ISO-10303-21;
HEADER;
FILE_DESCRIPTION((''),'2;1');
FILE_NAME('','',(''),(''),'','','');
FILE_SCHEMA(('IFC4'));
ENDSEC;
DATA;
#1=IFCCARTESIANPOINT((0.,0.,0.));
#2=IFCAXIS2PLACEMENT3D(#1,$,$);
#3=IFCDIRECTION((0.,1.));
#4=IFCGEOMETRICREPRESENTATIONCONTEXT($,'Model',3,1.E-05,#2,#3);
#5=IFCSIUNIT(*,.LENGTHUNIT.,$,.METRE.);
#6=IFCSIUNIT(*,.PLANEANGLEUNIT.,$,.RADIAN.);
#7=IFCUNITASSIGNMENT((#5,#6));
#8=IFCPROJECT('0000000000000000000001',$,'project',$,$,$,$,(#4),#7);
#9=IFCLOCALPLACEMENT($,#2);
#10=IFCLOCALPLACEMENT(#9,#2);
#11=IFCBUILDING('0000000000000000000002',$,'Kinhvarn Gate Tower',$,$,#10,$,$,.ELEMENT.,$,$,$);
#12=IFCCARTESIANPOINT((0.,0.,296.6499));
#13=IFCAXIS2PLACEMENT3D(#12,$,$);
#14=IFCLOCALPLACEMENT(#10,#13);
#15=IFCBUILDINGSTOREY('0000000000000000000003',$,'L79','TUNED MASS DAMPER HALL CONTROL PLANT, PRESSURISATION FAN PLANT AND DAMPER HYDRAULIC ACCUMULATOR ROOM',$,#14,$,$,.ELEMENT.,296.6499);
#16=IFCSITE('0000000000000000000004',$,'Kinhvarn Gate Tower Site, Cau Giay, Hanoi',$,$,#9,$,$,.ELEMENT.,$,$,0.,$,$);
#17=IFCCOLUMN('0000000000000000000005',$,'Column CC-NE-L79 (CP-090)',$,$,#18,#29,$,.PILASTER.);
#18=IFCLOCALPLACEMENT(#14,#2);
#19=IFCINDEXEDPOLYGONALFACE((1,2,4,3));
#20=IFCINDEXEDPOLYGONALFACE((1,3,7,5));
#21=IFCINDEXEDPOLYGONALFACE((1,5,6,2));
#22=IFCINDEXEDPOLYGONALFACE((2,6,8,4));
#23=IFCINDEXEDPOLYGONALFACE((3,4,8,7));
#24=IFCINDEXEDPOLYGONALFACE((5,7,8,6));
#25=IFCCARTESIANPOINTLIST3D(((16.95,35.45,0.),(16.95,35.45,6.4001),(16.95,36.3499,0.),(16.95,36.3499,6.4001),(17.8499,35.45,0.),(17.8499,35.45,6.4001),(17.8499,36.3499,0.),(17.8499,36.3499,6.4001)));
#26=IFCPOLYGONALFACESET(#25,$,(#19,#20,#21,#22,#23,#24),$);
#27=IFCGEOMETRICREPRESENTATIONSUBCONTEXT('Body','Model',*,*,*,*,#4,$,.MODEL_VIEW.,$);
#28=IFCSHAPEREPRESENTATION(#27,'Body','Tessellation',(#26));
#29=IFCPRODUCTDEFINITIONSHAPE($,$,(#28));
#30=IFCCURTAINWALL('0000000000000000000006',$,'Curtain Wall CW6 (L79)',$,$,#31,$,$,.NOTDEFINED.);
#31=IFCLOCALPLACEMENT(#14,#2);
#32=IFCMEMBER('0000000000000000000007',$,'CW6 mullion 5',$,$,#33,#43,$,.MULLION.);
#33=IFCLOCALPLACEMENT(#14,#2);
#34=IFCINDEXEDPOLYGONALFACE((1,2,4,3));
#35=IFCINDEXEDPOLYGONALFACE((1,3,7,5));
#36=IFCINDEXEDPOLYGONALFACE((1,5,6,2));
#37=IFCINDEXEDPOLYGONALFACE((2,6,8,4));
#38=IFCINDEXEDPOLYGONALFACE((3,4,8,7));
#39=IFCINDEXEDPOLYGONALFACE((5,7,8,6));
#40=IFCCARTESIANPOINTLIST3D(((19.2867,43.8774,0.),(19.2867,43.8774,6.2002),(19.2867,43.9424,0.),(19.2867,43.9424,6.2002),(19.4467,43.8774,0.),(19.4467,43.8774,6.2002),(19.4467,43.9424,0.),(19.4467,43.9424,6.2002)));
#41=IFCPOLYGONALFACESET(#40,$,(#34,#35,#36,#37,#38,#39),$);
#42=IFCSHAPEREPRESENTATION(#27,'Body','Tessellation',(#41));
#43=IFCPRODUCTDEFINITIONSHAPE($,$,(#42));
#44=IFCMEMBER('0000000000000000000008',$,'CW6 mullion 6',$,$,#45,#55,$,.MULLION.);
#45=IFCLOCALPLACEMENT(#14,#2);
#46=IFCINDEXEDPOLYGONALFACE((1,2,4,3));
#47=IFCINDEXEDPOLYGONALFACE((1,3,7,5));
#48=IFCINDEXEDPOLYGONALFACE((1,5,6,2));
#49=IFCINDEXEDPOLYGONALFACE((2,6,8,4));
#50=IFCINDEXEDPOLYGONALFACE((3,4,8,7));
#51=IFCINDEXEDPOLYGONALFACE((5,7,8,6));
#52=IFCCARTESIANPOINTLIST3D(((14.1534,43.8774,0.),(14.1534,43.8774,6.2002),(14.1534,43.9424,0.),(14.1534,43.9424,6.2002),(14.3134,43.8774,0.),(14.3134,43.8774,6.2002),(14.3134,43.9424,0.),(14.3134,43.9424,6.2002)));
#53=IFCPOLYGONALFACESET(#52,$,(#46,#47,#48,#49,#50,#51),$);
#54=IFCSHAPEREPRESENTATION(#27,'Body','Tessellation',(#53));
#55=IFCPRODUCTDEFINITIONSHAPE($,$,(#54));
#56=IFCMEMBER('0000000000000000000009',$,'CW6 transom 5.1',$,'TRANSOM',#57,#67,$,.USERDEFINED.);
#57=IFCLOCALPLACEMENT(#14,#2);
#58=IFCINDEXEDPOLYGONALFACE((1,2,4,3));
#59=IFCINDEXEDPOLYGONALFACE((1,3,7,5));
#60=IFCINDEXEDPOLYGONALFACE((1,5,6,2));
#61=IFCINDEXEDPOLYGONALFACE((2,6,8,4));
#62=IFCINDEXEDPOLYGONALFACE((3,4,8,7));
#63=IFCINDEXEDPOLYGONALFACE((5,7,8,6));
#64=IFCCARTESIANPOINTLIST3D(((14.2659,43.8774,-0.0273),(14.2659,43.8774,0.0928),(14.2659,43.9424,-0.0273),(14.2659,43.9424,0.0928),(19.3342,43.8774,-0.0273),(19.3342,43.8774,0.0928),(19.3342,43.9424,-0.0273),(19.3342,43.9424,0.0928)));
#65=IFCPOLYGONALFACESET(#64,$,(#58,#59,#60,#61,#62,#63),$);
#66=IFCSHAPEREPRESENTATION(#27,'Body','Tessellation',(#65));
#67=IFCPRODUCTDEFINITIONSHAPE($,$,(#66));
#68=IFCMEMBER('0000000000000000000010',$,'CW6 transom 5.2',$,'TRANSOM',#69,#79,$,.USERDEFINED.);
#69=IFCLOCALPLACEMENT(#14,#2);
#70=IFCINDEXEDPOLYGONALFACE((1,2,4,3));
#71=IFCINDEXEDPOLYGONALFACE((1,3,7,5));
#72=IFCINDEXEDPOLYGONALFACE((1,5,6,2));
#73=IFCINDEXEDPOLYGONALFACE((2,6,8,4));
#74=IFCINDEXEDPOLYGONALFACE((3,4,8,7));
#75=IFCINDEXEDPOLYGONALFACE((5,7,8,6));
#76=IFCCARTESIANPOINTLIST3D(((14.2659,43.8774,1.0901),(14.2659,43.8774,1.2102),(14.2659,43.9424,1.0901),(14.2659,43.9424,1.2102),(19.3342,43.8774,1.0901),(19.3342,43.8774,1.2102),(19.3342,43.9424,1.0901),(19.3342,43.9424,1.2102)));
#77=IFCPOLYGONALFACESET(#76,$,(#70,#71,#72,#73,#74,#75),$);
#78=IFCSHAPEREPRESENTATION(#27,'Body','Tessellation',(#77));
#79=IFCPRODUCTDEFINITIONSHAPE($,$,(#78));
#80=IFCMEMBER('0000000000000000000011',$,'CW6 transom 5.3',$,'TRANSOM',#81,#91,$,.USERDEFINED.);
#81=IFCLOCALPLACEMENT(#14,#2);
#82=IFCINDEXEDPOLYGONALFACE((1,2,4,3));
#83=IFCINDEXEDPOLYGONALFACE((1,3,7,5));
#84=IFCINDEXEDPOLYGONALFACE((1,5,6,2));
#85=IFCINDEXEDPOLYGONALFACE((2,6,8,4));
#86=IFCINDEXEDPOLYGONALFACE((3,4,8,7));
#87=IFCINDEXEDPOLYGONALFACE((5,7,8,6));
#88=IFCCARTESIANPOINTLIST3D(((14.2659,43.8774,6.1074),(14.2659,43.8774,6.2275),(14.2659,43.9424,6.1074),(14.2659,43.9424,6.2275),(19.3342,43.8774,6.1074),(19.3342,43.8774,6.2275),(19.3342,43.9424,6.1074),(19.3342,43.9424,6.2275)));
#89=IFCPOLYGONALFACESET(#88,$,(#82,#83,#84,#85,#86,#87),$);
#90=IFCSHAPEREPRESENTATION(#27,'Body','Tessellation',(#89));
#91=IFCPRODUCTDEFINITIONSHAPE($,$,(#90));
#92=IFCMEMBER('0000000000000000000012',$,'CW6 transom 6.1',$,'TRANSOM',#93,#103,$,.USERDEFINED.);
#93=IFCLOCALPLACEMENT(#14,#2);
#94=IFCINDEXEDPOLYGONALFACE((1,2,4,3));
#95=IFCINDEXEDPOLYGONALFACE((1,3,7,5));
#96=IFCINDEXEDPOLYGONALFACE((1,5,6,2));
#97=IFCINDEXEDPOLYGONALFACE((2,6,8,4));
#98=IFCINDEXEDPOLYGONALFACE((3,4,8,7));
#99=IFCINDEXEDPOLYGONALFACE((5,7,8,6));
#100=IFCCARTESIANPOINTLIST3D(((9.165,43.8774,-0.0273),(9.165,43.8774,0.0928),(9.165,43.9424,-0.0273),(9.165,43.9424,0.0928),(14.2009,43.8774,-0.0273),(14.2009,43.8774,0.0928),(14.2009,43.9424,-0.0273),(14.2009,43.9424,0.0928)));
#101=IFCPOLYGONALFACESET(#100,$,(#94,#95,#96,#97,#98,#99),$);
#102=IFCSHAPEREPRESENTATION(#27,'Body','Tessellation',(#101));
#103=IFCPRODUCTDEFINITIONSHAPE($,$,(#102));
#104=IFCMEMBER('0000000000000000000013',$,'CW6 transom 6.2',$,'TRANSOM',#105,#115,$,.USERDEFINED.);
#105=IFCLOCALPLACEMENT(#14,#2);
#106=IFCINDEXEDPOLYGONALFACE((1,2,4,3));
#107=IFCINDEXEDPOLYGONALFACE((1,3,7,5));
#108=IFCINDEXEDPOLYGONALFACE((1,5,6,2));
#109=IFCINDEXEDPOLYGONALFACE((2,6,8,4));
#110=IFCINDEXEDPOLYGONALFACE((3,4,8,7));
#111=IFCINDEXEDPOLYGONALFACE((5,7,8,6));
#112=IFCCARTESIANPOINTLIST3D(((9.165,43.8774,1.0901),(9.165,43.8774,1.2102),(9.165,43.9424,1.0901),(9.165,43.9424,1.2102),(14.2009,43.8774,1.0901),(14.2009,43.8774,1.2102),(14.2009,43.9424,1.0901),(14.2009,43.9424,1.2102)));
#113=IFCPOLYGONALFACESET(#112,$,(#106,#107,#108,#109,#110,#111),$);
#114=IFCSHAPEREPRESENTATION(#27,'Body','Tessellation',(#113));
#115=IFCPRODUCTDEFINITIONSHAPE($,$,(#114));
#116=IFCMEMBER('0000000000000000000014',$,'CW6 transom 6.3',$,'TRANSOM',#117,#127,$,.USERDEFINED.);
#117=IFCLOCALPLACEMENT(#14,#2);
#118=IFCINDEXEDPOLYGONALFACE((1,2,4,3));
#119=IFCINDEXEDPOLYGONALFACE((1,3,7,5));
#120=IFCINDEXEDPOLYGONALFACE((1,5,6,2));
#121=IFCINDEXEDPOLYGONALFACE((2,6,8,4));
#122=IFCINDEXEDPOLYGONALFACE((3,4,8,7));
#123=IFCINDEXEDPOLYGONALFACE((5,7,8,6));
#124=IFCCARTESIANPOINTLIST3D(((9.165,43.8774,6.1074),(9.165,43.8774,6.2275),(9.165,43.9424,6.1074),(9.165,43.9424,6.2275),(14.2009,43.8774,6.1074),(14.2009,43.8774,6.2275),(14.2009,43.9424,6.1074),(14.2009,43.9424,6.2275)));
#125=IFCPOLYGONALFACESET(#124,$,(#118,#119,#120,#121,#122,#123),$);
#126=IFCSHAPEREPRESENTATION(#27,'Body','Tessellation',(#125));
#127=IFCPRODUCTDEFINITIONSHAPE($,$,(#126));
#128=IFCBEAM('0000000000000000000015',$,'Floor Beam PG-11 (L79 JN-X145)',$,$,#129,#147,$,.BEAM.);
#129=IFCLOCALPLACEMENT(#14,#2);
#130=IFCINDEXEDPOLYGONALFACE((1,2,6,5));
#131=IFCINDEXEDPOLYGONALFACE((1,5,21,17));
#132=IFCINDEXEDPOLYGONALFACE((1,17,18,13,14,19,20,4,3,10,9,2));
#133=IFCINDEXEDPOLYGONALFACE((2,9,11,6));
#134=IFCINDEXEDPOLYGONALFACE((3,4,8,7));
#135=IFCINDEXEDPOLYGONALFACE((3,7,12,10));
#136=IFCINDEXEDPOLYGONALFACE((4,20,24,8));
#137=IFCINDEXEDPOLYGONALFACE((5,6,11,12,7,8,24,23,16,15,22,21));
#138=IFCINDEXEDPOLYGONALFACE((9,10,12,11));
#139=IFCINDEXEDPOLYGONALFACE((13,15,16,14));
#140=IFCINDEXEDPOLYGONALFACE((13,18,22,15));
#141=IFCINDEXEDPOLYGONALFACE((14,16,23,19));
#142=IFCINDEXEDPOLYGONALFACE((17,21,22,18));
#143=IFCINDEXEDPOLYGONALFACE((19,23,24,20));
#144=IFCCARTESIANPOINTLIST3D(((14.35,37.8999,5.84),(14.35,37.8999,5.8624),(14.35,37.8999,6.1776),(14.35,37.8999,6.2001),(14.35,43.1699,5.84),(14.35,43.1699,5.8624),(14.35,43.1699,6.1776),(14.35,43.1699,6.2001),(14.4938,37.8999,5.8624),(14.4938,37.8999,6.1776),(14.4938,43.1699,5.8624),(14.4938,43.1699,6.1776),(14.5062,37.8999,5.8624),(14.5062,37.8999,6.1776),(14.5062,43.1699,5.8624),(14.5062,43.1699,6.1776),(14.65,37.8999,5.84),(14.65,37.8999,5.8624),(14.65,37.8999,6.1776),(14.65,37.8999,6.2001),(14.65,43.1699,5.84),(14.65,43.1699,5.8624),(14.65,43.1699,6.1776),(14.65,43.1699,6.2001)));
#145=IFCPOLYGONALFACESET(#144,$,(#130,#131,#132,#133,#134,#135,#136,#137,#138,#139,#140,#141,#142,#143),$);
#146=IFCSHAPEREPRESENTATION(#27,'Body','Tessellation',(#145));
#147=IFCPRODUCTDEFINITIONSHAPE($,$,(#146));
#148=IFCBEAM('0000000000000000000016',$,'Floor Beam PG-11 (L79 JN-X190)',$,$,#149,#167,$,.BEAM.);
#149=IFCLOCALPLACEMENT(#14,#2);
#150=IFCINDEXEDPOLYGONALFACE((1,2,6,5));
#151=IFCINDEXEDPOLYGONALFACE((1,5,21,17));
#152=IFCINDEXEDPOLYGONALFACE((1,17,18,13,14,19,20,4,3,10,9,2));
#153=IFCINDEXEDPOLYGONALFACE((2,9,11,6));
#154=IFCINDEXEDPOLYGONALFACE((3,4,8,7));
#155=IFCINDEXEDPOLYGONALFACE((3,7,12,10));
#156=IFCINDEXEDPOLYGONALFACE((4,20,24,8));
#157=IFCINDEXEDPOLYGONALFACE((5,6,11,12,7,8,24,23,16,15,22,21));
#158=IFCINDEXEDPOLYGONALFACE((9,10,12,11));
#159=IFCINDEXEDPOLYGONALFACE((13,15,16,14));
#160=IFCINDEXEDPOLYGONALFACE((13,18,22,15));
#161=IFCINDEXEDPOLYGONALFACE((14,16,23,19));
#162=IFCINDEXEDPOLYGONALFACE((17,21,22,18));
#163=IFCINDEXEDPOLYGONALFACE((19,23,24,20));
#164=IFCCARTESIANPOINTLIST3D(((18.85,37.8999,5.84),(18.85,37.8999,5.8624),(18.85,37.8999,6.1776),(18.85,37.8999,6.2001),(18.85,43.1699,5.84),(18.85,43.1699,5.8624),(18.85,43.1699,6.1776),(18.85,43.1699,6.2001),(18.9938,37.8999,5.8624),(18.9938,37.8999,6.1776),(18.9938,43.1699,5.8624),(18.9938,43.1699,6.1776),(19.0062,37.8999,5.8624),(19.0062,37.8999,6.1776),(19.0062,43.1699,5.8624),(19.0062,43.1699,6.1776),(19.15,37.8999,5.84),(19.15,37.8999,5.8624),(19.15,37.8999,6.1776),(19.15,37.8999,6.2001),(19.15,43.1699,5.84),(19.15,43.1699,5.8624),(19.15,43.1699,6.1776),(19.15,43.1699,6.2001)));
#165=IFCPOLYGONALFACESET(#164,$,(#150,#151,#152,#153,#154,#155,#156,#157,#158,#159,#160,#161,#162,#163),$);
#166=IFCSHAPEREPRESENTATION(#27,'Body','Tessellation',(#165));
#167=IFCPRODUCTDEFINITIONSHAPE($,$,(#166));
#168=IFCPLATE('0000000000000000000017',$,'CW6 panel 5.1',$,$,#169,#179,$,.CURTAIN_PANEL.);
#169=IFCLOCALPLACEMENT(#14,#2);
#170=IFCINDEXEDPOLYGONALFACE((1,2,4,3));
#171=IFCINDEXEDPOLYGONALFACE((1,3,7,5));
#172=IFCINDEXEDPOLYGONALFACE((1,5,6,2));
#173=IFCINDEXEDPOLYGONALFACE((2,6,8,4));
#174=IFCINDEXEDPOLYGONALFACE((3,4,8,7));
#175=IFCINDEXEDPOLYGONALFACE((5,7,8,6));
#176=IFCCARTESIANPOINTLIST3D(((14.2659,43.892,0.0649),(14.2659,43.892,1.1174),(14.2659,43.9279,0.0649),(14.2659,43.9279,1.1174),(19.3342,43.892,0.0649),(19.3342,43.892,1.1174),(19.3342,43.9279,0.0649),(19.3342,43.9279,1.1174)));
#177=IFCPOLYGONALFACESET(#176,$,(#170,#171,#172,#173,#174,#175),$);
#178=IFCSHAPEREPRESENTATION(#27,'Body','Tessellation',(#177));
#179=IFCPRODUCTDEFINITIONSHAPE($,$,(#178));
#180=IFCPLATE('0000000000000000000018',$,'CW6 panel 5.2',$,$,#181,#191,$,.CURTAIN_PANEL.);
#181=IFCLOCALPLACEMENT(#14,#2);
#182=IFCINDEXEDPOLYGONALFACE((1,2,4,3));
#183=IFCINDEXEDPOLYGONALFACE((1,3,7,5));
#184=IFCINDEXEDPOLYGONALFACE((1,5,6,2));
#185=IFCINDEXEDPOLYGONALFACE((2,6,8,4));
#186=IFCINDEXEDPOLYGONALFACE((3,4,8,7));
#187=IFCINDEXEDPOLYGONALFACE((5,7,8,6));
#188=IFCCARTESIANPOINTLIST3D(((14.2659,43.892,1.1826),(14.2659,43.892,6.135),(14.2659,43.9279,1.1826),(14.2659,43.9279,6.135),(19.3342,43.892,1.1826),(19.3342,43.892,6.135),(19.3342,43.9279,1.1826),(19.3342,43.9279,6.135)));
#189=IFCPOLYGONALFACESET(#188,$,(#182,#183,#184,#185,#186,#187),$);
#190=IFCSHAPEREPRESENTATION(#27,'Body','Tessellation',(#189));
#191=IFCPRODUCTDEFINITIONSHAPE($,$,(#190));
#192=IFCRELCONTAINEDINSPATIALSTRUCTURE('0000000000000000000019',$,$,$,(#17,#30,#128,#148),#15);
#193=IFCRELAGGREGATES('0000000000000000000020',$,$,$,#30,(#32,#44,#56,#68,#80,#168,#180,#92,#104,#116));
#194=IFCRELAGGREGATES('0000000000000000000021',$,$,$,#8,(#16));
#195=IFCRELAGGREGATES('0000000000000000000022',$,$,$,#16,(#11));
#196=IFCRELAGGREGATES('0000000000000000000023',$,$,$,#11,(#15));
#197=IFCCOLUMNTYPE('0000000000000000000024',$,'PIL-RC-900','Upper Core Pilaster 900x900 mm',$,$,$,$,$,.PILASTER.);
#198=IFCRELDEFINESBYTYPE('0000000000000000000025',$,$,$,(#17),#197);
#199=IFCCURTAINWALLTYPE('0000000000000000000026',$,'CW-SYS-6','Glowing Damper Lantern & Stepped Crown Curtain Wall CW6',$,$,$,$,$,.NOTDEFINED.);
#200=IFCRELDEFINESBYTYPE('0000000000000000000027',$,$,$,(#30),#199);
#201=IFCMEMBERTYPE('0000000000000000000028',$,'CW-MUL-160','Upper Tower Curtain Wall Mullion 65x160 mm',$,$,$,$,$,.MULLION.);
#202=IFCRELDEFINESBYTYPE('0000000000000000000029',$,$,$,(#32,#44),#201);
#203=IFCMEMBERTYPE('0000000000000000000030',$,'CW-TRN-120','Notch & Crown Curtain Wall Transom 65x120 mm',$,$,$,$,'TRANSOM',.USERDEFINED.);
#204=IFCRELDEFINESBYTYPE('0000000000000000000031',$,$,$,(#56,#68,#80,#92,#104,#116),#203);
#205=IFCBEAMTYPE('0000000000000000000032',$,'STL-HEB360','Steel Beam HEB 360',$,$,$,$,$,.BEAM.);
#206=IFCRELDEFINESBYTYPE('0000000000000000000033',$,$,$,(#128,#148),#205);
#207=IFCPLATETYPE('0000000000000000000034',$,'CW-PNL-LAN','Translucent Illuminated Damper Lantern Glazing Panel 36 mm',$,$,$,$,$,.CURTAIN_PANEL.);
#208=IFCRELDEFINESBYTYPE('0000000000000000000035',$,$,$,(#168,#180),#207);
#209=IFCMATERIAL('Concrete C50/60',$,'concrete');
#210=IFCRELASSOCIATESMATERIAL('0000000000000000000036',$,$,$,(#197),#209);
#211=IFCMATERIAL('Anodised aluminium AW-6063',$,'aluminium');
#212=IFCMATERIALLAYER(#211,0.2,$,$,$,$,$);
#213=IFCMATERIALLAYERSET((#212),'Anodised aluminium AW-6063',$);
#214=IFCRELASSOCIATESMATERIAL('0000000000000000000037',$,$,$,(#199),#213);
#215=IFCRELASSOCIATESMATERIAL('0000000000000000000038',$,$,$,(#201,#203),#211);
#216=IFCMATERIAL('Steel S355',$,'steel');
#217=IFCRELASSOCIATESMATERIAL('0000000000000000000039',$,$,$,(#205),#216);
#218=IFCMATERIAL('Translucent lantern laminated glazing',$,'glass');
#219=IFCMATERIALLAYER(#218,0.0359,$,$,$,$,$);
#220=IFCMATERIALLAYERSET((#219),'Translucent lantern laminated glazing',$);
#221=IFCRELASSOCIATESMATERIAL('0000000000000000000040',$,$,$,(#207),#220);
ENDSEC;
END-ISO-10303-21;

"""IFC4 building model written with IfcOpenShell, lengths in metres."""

from ifc_helpers import new_model, si_unit, direction, frame, origin, origin_2d, place, context, subcontext, project, spatial, rectangle, i_section, extrude, material, layer, layer_set, material_profile, profile_set, type_object, element, aggregate, save


model = new_model("IFC4")

# Units and contexts
model_context = context("Model", 3, precision=1e-05, world=origin(), true_north=direction((0.0, 1.0)))
body_context = subcontext(model_context, "Body", "Model", "MODEL_VIEW")
ifc_project = project(units=[si_unit("LENGTHUNIT", "METRE"), si_unit("PLANEANGLEUNIT", "RADIAN")], contexts=[model_context])

# Site, building, storey
site_placement = place(None, origin())
site = spatial("IfcSite", under=ifc_project, at=site_placement, Name="Kinhvarn Gate Tower Site, Cau Giay, Hanoi", CompositionType="ELEMENT", RefElevation=0.0)
building_placement = place(site_placement, origin())
building = spatial("IfcBuilding", under=site, at=building_placement, Name="Kinhvarn Gate Tower", CompositionType="ELEMENT")
storey_placement = place(building_placement, frame((0.0, 0.0, 296.6499)))
storey = spatial("IfcBuildingStorey", under=building, at=storey_placement, Name="L79", Description="TUNED MASS DAMPER HALL CONTROL PLANT, PRESSURISATION FAN PLANT AND DAMPER HYDRAULIC ACCUMULATOR ROOM", CompositionType="ELEMENT", Elevation=296.6499)

# Column
ifc_material_1 = material(Name="Concrete C50/60", Category="concrete")
ifc_material_profile_1 = material_profile(ifc_material_1, rectangle(XDim=0.8999, YDim=0.8999, at=origin_2d()), Name="RC 900x900")
ifc_profile_set_1 = profile_set([ifc_material_profile_1], Name="Concrete C50/60")
column_type = type_object("IfcColumnType", Name="PIL-RC-900", Description="Upper Core Pilaster 900x900 mm", PredefinedType="PILASTER", material=ifc_profile_set_1)
column_placement = place(storey_placement, frame((17.3999, 35.8999, 0.0), z_axis=(0.0, 0.0, 1.0), x_axis=(1.0, 0.0, 0.0)))
element("IfcColumn", 1, at=column_placement, inside=storey, type_object=column_type, Name="Column CC-NE-L79 (CP-090)", PredefinedType="PILASTER", context=body_context, shape_type="SweptSolid", body=[
    extrude(rectangle(XDim=0.8999, YDim=0.8999, at=origin_2d()), origin(), (0.0, 0.0, 1.0), 6.4001),
])

# Curtain wall, members
ifc_material_2 = material(Name="Anodised aluminium AW-6063", Category="aluminium")
ifc_layer_1 = layer(ifc_material_2, 0.2)
ifc_layer_set_1 = layer_set([ifc_layer_1], Name="Anodised aluminium AW-6063")
curtain_wall_type = type_object("IfcCurtainWallType", Name="CW-SYS-6", Description="Glowing Damper Lantern & Stepped Crown Curtain Wall CW6", PredefinedType="NOTDEFINED", material=ifc_layer_set_1)
curtain_wall_placement = place(storey_placement, origin())
curtain_wall = element("IfcCurtainWall", 2, at=curtain_wall_placement, inside=storey, type_object=curtain_wall_type, Name="Curtain Wall CW6 (L79)", PredefinedType="NOTDEFINED")
ifc_material_profile_2 = material_profile(ifc_material_2, rectangle(XDim=0.0649, YDim=0.1599, at=origin_2d()), Name="ALU 65x160")
ifc_profile_set_2 = profile_set([ifc_material_profile_2], Name="Anodised aluminium AW-6063")
member_type_1 = type_object("IfcMemberType", Name="CW-MUL-160", Description="Upper Tower Curtain Wall Mullion 65x160 mm", PredefinedType="MULLION", material=ifc_profile_set_2)
member_1_placement = place(storey_placement, frame((19.3667, 43.9099, 0.0), z_axis=(0.0, 0.0, 1.0), x_axis=(0.0, -1.0, 0.0)))
member_1 = element("IfcMember", 3, at=member_1_placement, type_object=member_type_1, Name="CW6 mullion 5", PredefinedType="MULLION", context=body_context, shape_type="SweptSolid", body=[
    extrude(rectangle(XDim=0.0649, YDim=0.1599, at=origin_2d()), origin(), (0.0, 0.0, 1.0), 6.2002),
])
member_2_placement = place(storey_placement, frame((14.2334, 43.9099, 0.0), z_axis=(0.0, 0.0, 1.0), x_axis=(0.0, -1.0, 0.0)))
member_2 = element("IfcMember", 4, at=member_2_placement, type_object=member_type_1, Name="CW6 mullion 6", PredefinedType="MULLION", context=body_context, shape_type="SweptSolid", body=[
    extrude(rectangle(XDim=0.0649, YDim=0.1599, at=origin_2d()), origin(), (0.0, 0.0, 1.0), 6.2002),
])
ifc_material_profile_3 = material_profile(ifc_material_2, rectangle(XDim=0.0649, YDim=0.1201, at=origin_2d()), Name="ALU 65x120")
ifc_profile_set_3 = profile_set([ifc_material_profile_3], Name="Anodised aluminium AW-6063")
member_type_2 = type_object("IfcMemberType", Name="CW-TRN-120", Description="Notch & Crown Curtain Wall Transom 65x120 mm", ElementType="TRANSOM", PredefinedType="USERDEFINED", material=ifc_profile_set_3)
member_3_placement = place(storey_placement, frame((19.3342, 43.9099, 0.0327), z_axis=(-1.0, 0.0, 0.0), x_axis=(0.0, -1.0, 0.0)))
member_3 = element("IfcMember", 5, at=member_3_placement, type_object=member_type_2, Name="CW6 transom 5.1", ObjectType="TRANSOM", PredefinedType="USERDEFINED", context=body_context, shape_type="SweptSolid", body=[
    extrude(rectangle(XDim=0.0649, YDim=0.1201, at=origin_2d()), origin(), (0.0, 0.0, 1.0), 5.0684),
])
member_4_placement = place(storey_placement, frame((19.3342, 43.9099, 1.1501), z_axis=(-1.0, 0.0, 0.0), x_axis=(0.0, -1.0, 0.0)))
member_4 = element("IfcMember", 6, at=member_4_placement, type_object=member_type_2, Name="CW6 transom 5.2", ObjectType="TRANSOM", PredefinedType="USERDEFINED", context=body_context, shape_type="SweptSolid", body=[
    extrude(rectangle(XDim=0.0649, YDim=0.1201, at=origin_2d()), origin(), (0.0, 0.0, 1.0), 5.0684),
])
member_5_placement = place(storey_placement, frame((19.3342, 43.9099, 6.1675), z_axis=(-1.0, 0.0, 0.0), x_axis=(0.0, -1.0, 0.0)))
member_5 = element("IfcMember", 7, at=member_5_placement, type_object=member_type_2, Name="CW6 transom 5.3", ObjectType="TRANSOM", PredefinedType="USERDEFINED", context=body_context, shape_type="SweptSolid", body=[
    extrude(rectangle(XDim=0.0649, YDim=0.1201, at=origin_2d()), origin(), (0.0, 0.0, 1.0), 5.0684),
])
member_6_placement = place(storey_placement, frame((14.2009, 43.9099, 0.0327), z_axis=(-1.0, 0.0, 0.0), x_axis=(0.0, -1.0, 0.0)))
member_6 = element("IfcMember", 8, at=member_6_placement, type_object=member_type_2, Name="CW6 transom 6.1", ObjectType="TRANSOM", PredefinedType="USERDEFINED", context=body_context, shape_type="SweptSolid", body=[
    extrude(rectangle(XDim=0.0649, YDim=0.1201, at=origin_2d()), origin(), (0.0, 0.0, 1.0), 5.0359),
])
member_7_placement = place(storey_placement, frame((14.2009, 43.9099, 1.1501), z_axis=(-1.0, 0.0, 0.0), x_axis=(0.0, -1.0, 0.0)))
member_7 = element("IfcMember", 9, at=member_7_placement, type_object=member_type_2, Name="CW6 transom 6.2", ObjectType="TRANSOM", PredefinedType="USERDEFINED", context=body_context, shape_type="SweptSolid", body=[
    extrude(rectangle(XDim=0.0649, YDim=0.1201, at=origin_2d()), origin(), (0.0, 0.0, 1.0), 5.0359),
])
member_8_placement = place(storey_placement, frame((14.2009, 43.9099, 6.1675), z_axis=(-1.0, 0.0, 0.0), x_axis=(0.0, -1.0, 0.0)))
member_8 = element("IfcMember", 10, at=member_8_placement, type_object=member_type_2, Name="CW6 transom 6.3", ObjectType="TRANSOM", PredefinedType="USERDEFINED", context=body_context, shape_type="SweptSolid", body=[
    extrude(rectangle(XDim=0.0649, YDim=0.1201, at=origin_2d()), origin(), (0.0, 0.0, 1.0), 5.0359),
])

# Beams
ifc_material_3 = material(Name="Steel S355", Category="steel")
ifc_material_profile_4 = material_profile(ifc_material_3, i_section(OverallWidth=0.3, OverallDepth=0.3601, WebThickness=0.0125, FlangeThickness=0.0225, at=origin_2d()), Name="HEB 360")
ifc_profile_set_4 = profile_set([ifc_material_profile_4], Name="Steel S355")
beam_type = type_object("IfcBeamType", Name="STL-HEB360", Description="Steel Beam HEB 360", PredefinedType="BEAM", material=ifc_profile_set_4)
for number, where, z_axis, x_axis, name in (
    (11, (14.5, 37.8999, 6.02), (0.0, 1.0, 0.0), (-1.0, 0.0, 0.0), "Floor Beam PG-11 (L79 JN-X145)"),
    (12, (19.0, 37.8999, 6.02), (0.0, 1.0, 0.0), (-1.0, 0.0, 0.0), "Floor Beam PG-11 (L79 JN-X190)"),
):
    element("IfcBeam", number, at=place(storey_placement, frame(where, z_axis=z_axis, x_axis=x_axis)), inside=storey, type_object=beam_type, Name=name, PredefinedType="BEAM", context=body_context, shape_type="SweptSolid", body=[
        extrude(i_section(OverallWidth=0.3, OverallDepth=0.3601, WebThickness=0.0125, FlangeThickness=0.0225, at=origin_2d()), origin(), (0.0, 0.0, 1.0), 5.27),
    ])

# Plates
ifc_material_4 = material(Name="Translucent lantern laminated glazing", Category="glass")
ifc_layer_2 = layer(ifc_material_4, 0.0359)
ifc_layer_set_2 = layer_set([ifc_layer_2], Name="Translucent lantern laminated glazing")
plate_type = type_object("IfcPlateType", Name="CW-PNL-LAN", Description="Translucent Illuminated Damper Lantern Glazing Panel 36 mm", PredefinedType="CURTAIN_PANEL", material=ifc_layer_set_2)
plate_1_placement = place(storey_placement, frame((16.8, 43.9099, 0.0649), z_axis=(0.0, 0.0, 1.0), x_axis=(-1.0, 0.0, 0.0)))
plate_1 = element("IfcPlate", 13, at=plate_1_placement, type_object=plate_type, Name="CW6 panel 5.1", PredefinedType="CURTAIN_PANEL", context=body_context, shape_type="SweptSolid", body=[
    extrude(rectangle(XDim=5.0684, YDim=0.0359, at=origin_2d()), origin(), (0.0, 0.0, 1.0), 1.0525),
])
plate_2_placement = place(storey_placement, frame((16.8, 43.9099, 1.1826), z_axis=(0.0, 0.0, 1.0), x_axis=(-1.0, 0.0, 0.0)))
plate_2 = element("IfcPlate", 14, at=plate_2_placement, type_object=plate_type, Name="CW6 panel 5.2", PredefinedType="CURTAIN_PANEL", context=body_context, shape_type="SweptSolid", body=[
    extrude(rectangle(XDim=5.0684, YDim=0.0359, at=origin_2d()), origin(), (0.0, 0.0, 1.0), 4.9524),
])
aggregate(curtain_wall, [member_1, member_2, member_3, member_4, member_5, plate_1, plate_2, member_6, member_7, member_8])

save(model, "model.ifc")
